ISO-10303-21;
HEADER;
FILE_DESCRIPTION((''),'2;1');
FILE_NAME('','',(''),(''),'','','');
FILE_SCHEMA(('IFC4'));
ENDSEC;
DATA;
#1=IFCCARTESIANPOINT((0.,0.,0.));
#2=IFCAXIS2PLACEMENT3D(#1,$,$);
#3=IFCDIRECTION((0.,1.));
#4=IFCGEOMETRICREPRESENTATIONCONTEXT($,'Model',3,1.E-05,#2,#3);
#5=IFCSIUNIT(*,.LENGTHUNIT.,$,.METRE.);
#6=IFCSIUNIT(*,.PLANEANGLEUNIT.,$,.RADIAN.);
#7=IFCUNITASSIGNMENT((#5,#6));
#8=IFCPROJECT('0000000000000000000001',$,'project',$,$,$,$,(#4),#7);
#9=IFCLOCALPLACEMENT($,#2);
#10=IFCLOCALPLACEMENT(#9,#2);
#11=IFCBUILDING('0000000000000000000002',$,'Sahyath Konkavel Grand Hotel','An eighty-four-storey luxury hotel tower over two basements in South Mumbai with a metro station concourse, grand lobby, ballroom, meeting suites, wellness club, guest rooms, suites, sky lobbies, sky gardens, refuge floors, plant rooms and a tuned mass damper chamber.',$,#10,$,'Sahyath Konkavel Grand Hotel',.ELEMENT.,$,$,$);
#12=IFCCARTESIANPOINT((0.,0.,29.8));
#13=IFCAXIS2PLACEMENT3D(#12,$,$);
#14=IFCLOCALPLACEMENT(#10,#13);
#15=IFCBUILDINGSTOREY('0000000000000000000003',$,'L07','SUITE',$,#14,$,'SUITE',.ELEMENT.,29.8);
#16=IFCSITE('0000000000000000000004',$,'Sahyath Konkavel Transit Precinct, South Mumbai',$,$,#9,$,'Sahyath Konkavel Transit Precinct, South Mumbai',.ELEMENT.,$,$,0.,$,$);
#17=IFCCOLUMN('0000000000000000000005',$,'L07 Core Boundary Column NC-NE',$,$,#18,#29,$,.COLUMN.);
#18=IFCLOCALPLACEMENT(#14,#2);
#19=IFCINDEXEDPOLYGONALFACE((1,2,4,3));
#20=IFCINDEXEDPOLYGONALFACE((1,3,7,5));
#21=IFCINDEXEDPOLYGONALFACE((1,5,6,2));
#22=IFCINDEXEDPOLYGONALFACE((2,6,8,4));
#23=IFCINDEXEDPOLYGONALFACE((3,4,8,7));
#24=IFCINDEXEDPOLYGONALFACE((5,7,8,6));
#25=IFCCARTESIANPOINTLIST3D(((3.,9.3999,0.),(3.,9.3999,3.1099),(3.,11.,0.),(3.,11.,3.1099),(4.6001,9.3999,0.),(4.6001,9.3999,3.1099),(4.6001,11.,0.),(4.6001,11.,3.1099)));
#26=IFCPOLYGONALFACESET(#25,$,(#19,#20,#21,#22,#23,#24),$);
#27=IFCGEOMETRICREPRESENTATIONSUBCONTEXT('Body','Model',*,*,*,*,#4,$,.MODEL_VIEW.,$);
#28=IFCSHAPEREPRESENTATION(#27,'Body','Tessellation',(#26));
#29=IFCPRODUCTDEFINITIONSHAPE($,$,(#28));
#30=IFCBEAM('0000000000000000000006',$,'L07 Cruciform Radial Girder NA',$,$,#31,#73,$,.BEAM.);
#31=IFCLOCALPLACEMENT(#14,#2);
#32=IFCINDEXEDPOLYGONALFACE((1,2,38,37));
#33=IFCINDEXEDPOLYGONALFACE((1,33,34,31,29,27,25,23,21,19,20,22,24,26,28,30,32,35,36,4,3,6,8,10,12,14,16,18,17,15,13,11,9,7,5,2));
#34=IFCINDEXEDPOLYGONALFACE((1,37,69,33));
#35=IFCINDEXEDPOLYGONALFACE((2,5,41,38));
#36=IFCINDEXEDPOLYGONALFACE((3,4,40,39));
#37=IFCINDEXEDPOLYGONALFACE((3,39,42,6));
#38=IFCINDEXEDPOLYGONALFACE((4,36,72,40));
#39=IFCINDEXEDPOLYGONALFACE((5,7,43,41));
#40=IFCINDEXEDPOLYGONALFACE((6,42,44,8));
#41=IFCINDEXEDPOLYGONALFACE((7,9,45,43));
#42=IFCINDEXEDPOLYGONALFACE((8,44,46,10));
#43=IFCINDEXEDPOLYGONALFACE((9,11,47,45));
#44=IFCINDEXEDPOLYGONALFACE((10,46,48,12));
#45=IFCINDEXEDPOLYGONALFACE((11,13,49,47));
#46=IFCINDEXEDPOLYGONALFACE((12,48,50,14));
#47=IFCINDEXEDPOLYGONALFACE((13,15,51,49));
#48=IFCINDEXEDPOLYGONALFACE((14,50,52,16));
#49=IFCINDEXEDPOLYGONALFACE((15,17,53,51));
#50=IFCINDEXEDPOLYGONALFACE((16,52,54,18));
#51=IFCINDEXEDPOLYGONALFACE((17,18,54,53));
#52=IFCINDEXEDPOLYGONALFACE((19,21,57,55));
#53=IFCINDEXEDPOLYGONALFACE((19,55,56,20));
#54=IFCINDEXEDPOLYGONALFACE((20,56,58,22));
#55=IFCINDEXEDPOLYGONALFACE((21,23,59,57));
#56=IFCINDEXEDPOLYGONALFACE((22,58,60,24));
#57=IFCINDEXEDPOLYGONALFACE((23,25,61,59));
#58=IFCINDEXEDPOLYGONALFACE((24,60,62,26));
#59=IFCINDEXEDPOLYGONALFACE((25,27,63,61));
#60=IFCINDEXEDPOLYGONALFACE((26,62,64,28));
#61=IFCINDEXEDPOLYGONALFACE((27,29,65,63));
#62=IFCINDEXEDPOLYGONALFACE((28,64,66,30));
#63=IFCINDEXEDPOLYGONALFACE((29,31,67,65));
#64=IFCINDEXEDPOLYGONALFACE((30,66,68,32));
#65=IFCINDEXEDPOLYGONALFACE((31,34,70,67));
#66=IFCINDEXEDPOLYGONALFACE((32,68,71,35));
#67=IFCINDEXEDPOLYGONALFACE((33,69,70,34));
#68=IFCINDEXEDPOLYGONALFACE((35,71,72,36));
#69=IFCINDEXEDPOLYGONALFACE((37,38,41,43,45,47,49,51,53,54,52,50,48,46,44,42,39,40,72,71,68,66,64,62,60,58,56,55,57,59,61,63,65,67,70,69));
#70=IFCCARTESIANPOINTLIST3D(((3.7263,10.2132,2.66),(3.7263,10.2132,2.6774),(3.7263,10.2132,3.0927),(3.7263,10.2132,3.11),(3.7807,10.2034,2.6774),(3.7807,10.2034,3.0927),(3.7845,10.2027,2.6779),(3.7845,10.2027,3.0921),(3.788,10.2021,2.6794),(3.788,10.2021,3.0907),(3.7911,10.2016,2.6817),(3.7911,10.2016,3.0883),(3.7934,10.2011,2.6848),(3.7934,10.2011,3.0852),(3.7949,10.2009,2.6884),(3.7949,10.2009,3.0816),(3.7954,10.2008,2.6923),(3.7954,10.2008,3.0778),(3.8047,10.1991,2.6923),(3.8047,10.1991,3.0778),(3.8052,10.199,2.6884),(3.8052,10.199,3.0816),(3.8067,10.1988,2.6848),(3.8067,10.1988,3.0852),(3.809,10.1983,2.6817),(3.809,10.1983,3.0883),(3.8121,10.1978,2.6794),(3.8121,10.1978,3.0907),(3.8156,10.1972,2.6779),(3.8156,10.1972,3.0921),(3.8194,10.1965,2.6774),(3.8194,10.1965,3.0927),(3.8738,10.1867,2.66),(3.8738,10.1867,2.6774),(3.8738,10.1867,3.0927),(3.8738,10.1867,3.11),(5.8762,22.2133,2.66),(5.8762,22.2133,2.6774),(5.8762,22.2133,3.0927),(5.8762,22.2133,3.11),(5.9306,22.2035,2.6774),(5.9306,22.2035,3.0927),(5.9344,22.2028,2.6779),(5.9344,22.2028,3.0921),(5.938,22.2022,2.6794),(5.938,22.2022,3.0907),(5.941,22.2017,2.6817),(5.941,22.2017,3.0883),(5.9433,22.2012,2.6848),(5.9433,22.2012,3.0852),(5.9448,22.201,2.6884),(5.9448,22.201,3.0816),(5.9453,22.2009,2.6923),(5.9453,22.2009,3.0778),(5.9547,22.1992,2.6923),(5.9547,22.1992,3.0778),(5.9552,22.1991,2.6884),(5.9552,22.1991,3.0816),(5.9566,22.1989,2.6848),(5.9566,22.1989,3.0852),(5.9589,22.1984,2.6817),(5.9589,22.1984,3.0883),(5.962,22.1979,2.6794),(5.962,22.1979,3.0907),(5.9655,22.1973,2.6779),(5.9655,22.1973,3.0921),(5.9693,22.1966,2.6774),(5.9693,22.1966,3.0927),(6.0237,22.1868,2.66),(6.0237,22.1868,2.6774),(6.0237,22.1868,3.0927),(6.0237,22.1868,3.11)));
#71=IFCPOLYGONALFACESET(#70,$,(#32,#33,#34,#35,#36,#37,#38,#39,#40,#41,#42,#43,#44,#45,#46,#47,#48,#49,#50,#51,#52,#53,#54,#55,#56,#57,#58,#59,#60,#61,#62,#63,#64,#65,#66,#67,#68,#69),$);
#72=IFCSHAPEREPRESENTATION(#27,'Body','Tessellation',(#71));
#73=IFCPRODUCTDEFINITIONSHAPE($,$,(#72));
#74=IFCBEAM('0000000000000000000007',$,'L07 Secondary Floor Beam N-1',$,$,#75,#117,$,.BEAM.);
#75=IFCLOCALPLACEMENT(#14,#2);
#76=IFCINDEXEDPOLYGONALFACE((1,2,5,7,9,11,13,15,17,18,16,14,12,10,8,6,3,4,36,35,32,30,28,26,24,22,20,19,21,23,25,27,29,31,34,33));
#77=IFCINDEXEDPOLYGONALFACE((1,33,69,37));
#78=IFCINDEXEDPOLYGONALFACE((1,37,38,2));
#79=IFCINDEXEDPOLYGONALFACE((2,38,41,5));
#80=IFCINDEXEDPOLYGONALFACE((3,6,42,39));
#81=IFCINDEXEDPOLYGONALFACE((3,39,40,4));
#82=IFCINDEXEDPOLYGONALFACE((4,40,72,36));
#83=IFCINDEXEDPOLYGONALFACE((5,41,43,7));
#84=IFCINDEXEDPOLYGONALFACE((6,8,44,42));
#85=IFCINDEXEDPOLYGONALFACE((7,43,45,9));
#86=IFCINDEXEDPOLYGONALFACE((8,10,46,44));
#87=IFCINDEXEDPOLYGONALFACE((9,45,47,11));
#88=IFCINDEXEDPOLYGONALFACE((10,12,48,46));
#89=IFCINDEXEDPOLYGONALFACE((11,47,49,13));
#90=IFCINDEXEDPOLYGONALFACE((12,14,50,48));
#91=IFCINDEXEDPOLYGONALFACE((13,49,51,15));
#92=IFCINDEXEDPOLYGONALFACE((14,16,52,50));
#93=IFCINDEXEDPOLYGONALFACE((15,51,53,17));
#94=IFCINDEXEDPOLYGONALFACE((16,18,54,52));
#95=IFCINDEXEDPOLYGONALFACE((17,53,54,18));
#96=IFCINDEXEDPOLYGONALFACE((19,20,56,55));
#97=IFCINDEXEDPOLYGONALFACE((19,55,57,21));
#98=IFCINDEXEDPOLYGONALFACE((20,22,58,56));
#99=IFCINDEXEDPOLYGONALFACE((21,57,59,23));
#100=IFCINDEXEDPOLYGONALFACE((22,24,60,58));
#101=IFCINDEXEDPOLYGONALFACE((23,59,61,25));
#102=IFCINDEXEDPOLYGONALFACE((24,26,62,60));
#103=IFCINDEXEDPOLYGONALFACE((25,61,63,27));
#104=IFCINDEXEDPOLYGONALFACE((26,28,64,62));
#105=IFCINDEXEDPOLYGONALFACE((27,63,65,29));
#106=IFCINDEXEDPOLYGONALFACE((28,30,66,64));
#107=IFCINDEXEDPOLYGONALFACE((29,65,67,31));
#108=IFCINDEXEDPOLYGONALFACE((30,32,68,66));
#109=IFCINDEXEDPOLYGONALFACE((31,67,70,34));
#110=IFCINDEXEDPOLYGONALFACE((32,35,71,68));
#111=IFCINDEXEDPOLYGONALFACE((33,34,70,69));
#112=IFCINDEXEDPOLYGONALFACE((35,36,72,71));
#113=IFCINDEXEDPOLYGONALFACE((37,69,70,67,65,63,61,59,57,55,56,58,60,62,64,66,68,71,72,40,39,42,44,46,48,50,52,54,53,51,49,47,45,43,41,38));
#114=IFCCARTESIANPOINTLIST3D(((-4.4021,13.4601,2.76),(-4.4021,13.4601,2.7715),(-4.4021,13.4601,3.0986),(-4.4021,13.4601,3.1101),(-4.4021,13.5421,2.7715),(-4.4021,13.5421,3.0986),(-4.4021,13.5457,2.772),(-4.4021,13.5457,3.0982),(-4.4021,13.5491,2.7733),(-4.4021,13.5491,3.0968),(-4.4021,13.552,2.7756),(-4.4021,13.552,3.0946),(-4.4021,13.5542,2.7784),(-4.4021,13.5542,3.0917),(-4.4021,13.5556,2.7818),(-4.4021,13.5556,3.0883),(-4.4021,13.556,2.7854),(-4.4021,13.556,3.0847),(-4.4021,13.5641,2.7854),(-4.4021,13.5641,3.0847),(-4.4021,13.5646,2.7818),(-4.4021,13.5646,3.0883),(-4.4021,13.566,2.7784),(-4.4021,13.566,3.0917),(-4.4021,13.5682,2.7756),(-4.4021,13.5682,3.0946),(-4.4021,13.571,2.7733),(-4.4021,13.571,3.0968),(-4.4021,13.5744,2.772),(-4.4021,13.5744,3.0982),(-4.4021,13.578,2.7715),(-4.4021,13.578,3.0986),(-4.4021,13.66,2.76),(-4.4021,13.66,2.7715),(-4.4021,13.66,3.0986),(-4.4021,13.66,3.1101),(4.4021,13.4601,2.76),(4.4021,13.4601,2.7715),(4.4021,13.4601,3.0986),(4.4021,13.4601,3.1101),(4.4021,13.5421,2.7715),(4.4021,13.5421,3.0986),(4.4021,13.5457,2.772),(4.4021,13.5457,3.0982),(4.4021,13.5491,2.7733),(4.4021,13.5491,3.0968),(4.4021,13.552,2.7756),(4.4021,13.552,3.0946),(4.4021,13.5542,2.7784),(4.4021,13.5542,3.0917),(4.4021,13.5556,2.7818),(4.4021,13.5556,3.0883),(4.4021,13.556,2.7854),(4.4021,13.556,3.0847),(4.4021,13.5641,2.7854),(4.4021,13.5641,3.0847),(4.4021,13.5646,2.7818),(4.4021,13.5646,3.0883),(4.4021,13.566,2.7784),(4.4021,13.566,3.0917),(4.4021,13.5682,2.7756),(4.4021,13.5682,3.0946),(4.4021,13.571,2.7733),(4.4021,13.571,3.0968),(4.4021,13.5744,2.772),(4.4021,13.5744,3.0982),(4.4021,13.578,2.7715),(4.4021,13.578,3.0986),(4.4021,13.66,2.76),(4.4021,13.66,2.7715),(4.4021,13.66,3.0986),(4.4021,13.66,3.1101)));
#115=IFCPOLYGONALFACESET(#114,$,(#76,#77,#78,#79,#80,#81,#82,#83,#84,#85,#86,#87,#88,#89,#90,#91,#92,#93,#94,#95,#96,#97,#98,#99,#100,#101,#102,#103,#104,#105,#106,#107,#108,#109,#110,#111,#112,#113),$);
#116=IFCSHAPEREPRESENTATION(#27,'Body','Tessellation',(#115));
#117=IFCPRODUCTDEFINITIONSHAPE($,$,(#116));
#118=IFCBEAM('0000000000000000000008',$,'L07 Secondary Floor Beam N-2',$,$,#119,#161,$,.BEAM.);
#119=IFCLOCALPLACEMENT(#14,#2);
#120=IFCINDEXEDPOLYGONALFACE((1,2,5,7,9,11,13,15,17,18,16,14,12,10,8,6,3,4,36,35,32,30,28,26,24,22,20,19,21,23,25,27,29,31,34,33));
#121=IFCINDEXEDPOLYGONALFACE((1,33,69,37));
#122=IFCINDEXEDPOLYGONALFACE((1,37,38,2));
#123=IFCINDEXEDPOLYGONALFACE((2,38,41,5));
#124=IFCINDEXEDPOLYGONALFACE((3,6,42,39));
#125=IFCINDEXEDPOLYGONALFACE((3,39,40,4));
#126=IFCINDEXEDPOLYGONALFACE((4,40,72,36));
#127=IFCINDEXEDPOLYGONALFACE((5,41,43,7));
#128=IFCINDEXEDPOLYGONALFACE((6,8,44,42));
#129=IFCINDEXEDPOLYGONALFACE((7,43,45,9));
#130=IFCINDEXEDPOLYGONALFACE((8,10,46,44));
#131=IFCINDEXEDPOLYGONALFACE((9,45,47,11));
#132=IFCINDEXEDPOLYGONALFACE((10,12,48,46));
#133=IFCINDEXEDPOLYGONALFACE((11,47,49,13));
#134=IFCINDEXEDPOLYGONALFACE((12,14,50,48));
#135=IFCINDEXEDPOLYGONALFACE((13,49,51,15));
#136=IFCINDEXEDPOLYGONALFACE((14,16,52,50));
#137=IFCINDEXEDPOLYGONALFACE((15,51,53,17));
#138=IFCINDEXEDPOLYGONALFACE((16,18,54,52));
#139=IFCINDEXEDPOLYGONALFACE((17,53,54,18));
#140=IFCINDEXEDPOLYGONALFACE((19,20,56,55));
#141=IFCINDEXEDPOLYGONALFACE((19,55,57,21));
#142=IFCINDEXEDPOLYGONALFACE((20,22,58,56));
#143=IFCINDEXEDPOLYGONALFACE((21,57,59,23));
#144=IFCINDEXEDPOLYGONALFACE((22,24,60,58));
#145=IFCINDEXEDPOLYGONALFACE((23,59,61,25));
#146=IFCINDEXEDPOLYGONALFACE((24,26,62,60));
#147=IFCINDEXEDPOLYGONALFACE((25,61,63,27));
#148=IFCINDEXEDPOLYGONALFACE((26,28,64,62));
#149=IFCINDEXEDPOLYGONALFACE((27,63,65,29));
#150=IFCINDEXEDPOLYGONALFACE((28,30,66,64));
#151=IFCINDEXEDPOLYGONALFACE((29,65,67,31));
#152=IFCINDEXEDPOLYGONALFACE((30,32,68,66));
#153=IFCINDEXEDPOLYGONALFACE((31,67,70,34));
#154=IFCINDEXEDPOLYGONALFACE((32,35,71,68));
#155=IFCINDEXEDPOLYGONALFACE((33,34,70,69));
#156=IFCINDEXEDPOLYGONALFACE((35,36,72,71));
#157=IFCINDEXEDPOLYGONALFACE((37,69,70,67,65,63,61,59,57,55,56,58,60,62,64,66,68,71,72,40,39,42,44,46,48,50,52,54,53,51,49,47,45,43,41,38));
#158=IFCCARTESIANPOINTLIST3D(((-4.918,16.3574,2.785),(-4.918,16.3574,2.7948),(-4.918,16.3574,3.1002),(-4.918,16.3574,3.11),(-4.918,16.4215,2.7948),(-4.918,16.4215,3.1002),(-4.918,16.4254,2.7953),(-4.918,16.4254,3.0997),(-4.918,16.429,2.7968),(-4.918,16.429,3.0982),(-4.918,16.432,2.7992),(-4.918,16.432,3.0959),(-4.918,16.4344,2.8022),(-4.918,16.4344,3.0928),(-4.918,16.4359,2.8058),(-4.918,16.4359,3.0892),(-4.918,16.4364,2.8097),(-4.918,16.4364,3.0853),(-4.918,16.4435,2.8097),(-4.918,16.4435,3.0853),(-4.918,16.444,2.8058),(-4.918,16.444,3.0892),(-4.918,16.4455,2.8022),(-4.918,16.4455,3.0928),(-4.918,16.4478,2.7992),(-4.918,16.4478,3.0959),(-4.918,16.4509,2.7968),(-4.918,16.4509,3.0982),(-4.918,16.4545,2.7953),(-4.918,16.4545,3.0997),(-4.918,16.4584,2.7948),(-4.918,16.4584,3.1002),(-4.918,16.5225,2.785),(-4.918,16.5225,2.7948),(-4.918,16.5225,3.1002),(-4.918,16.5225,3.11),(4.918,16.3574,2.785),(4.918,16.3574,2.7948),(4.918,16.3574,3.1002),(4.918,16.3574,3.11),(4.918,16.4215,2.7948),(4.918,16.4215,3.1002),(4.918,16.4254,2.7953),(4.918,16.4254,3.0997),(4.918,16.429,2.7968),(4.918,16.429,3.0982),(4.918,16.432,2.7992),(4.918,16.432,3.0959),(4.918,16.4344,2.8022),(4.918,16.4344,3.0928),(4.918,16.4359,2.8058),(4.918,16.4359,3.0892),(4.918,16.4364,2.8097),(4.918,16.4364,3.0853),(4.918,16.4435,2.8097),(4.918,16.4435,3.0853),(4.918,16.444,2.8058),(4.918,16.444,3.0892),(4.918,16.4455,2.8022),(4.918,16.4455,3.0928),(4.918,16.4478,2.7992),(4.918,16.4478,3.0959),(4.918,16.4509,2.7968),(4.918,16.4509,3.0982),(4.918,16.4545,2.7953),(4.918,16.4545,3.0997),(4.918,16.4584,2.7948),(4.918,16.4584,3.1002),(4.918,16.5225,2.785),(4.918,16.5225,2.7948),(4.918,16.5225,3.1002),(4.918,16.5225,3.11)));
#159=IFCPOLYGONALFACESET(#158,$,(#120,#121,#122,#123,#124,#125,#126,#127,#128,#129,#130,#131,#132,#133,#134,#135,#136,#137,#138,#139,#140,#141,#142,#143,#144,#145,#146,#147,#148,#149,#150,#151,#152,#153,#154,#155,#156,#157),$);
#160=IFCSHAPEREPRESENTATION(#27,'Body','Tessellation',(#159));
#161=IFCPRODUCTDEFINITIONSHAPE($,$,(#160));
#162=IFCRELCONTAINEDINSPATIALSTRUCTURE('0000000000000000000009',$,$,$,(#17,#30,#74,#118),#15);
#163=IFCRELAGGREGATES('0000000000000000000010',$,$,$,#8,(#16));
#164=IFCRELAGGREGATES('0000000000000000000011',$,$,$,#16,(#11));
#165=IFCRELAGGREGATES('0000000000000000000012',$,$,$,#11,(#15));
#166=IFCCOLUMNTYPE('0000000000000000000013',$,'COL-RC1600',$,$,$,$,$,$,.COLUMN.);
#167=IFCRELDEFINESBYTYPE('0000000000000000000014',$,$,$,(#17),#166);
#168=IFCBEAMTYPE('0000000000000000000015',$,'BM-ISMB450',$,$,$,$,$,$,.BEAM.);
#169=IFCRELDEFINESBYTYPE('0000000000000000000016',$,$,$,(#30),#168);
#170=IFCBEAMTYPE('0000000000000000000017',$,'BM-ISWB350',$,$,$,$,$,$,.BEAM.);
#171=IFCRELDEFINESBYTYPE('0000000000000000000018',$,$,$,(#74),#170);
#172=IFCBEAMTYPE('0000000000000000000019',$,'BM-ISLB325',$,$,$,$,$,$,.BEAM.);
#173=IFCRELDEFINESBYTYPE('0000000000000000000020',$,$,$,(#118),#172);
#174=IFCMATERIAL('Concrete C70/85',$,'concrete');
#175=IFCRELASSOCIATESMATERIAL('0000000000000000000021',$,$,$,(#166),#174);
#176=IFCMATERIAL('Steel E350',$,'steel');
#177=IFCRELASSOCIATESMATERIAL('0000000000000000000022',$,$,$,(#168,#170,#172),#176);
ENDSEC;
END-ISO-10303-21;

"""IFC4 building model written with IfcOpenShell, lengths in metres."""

from ifc_helpers import new_model, si_unit, direction, frame, origin, origin_2d, place, context, subcontext, project, spatial, rectangle, i_section, extrude, source, transform, mapped, material, material_profile, profile_set, type_object, element, save


model = new_model("IFC4")

# Units and contexts
model_context = context("Model", 3, precision=1e-05, world=origin(), true_north=direction((0.0, 1.0)))
body_context = subcontext(model_context, "Body", "Model", "MODEL_VIEW")
ifc_project = project(units=[si_unit("LENGTHUNIT", "METRE"), si_unit("PLANEANGLEUNIT", "RADIAN")], contexts=[model_context])

# Site, building, storey
site_placement = place(None, origin())
site = spatial("IfcSite", under=ifc_project, at=site_placement, Name="Sahyath Konkavel Transit Precinct, South Mumbai", LongName="Sahyath Konkavel Transit Precinct, South Mumbai", CompositionType="ELEMENT", RefElevation=0.0)
building_placement = place(site_placement, origin())
building = spatial("IfcBuilding", under=site, at=building_placement, Name="Sahyath Konkavel Grand Hotel", Description="An eighty-four-storey luxury hotel tower over two basements in South Mumbai with a metro station concourse, grand lobby, ballroom, meeting suites, wellness club, guest rooms, suites, sky lobbies, sky gardens, refuge floors, plant rooms and a tuned mass damper chamber.", LongName="Sahyath Konkavel Grand Hotel", CompositionType="ELEMENT")
storey_placement = place(building_placement, frame((0.0, 0.0, 29.8)))
storey = spatial("IfcBuildingStorey", under=building, at=storey_placement, Name="L07", Description="SUITE", LongName="SUITE", CompositionType="ELEMENT", Elevation=29.8)

# Column
ifc_material_1 = material(Name="Concrete C70/85", Category="concrete")
ifc_material_profile_1 = material_profile(ifc_material_1, rectangle(XDim=1.6001, YDim=1.6001, at=origin_2d()), Name="RC 1600x1600")
ifc_profile_set_1 = profile_set([ifc_material_profile_1], Name="Concrete C70/85")
column_type = type_object("IfcColumnType", Name="COL-RC1600", PredefinedType="COLUMN", material=ifc_profile_set_1)
shared_shape_1 = source(origin(), body_context, "Body", "SweptSolid", [
    extrude(rectangle(XDim=1.6001, YDim=1.6001, at=origin_2d()), origin(), (0.0, 0.0, 1.0), 3.1099),
])
column_placement = place(storey_placement, frame((3.8, 10.2, 0.0), z_axis=(0.0, 0.0, 1.0), x_axis=(1.0, 0.0, 0.0)))
element("IfcColumn", 1, at=column_placement, inside=storey, type_object=column_type, Name="L07 Core Boundary Column NC-NE", PredefinedType="COLUMN", context=body_context, shape_type="MappedRepresentation", body=[
    mapped(shared_shape_1, transform((0.0, 0.0, 0.0), scale=1.0)),
])

# Beams
ifc_material_2 = material(Name="Steel E350", Category="steel")
ifc_material_profile_2 = material_profile(ifc_material_2, i_section(OverallWidth=0.1499, OverallDepth=0.45, WebThickness=0.0095, FlangeThickness=0.0173, FilletRadius=0.0149, at=origin_2d()), Name="ISMB 450")
ifc_profile_set_2 = profile_set([ifc_material_profile_2], Name="Steel E350")
beam_type_1 = type_object("IfcBeamType", Name="BM-ISMB450", PredefinedType="BEAM", material=ifc_profile_set_2)
shared_shape_2 = source(origin(), body_context, "Body", "SweptSolid", [
    extrude(i_section(OverallWidth=0.1499, OverallDepth=0.45, WebThickness=0.0095, FlangeThickness=0.0173, FilletRadius=0.0149, at=origin_2d()), origin(), (0.0, 0.0, 1.0), 12.1912),
])
beam_1_placement = place(storey_placement, frame((3.8, 10.2, 2.885), z_axis=(0.176351, 0.984327, 0.0), x_axis=(-0.984327, 0.176351, 0.0)))
element("IfcBeam", 2, at=beam_1_placement, inside=storey, type_object=beam_type_1, Name="L07 Cruciform Radial Girder NA", PredefinedType="BEAM", context=body_context, shape_type="MappedRepresentation", body=[
    mapped(shared_shape_2, transform((0.0, 0.0, 0.0), scale=1.0)),
])
ifc_material_profile_3 = material_profile(ifc_material_2, i_section(OverallWidth=0.2, OverallDepth=0.3501, WebThickness=0.0081, FlangeThickness=0.0115, FilletRadius=0.0139, at=origin_2d()), Name="ISWB 350")
ifc_profile_set_3 = profile_set([ifc_material_profile_3], Name="Steel E350")
beam_type_2 = type_object("IfcBeamType", Name="BM-ISWB350", PredefinedType="BEAM", material=ifc_profile_set_3)
shared_shape_3 = source(origin(), body_context, "Body", "SweptSolid", [
    extrude(i_section(OverallWidth=0.2, OverallDepth=0.3501, WebThickness=0.0081, FlangeThickness=0.0115, FilletRadius=0.0139, at=origin_2d()), origin(), (0.0, 0.0, 1.0), 8.8042),
])
beam_2_placement = place(storey_placement, frame((4.4021, 13.5601, 2.9351), z_axis=(-1.0, 0.0, 0.0), x_axis=(0.0, -1.0, 0.0)))
element("IfcBeam", 3, at=beam_2_placement, inside=storey, type_object=beam_type_2, Name="L07 Secondary Floor Beam N-1", PredefinedType="BEAM", context=body_context, shape_type="MappedRepresentation", body=[
    mapped(shared_shape_3, transform((0.0, 0.0, 0.0), scale=1.0)),
])
ifc_material_profile_4 = material_profile(ifc_material_2, i_section(OverallWidth=0.165, OverallDepth=0.325, WebThickness=0.0071, FlangeThickness=0.0098, FilletRadius=0.0149, at=origin_2d()), Name="ISLB 325")
ifc_profile_set_4 = profile_set([ifc_material_profile_4], Name="Steel E350")
beam_type_3 = type_object("IfcBeamType", Name="BM-ISLB325", PredefinedType="BEAM", material=ifc_profile_set_4)
shared_shape_4 = source(origin(), body_context, "Body", "SweptSolid", [
    extrude(i_section(OverallWidth=0.165, OverallDepth=0.325, WebThickness=0.0071, FlangeThickness=0.0098, FilletRadius=0.0149, at=origin_2d()), origin(), (0.0, 0.0, 1.0), 9.8359),
])
beam_3_placement = place(storey_placement, frame((4.918, 16.4399, 2.9475), z_axis=(-1.0, 0.0, 0.0), x_axis=(0.0, -1.0, 0.0)))
element("IfcBeam", 4, at=beam_3_placement, inside=storey, type_object=beam_type_3, Name="L07 Secondary Floor Beam N-2", PredefinedType="BEAM", context=body_context, shape_type="MappedRepresentation", body=[
    mapped(shared_shape_4, transform((0.0, 0.0, 0.0), scale=1.0)),
])

save(model, "model.ifc")
